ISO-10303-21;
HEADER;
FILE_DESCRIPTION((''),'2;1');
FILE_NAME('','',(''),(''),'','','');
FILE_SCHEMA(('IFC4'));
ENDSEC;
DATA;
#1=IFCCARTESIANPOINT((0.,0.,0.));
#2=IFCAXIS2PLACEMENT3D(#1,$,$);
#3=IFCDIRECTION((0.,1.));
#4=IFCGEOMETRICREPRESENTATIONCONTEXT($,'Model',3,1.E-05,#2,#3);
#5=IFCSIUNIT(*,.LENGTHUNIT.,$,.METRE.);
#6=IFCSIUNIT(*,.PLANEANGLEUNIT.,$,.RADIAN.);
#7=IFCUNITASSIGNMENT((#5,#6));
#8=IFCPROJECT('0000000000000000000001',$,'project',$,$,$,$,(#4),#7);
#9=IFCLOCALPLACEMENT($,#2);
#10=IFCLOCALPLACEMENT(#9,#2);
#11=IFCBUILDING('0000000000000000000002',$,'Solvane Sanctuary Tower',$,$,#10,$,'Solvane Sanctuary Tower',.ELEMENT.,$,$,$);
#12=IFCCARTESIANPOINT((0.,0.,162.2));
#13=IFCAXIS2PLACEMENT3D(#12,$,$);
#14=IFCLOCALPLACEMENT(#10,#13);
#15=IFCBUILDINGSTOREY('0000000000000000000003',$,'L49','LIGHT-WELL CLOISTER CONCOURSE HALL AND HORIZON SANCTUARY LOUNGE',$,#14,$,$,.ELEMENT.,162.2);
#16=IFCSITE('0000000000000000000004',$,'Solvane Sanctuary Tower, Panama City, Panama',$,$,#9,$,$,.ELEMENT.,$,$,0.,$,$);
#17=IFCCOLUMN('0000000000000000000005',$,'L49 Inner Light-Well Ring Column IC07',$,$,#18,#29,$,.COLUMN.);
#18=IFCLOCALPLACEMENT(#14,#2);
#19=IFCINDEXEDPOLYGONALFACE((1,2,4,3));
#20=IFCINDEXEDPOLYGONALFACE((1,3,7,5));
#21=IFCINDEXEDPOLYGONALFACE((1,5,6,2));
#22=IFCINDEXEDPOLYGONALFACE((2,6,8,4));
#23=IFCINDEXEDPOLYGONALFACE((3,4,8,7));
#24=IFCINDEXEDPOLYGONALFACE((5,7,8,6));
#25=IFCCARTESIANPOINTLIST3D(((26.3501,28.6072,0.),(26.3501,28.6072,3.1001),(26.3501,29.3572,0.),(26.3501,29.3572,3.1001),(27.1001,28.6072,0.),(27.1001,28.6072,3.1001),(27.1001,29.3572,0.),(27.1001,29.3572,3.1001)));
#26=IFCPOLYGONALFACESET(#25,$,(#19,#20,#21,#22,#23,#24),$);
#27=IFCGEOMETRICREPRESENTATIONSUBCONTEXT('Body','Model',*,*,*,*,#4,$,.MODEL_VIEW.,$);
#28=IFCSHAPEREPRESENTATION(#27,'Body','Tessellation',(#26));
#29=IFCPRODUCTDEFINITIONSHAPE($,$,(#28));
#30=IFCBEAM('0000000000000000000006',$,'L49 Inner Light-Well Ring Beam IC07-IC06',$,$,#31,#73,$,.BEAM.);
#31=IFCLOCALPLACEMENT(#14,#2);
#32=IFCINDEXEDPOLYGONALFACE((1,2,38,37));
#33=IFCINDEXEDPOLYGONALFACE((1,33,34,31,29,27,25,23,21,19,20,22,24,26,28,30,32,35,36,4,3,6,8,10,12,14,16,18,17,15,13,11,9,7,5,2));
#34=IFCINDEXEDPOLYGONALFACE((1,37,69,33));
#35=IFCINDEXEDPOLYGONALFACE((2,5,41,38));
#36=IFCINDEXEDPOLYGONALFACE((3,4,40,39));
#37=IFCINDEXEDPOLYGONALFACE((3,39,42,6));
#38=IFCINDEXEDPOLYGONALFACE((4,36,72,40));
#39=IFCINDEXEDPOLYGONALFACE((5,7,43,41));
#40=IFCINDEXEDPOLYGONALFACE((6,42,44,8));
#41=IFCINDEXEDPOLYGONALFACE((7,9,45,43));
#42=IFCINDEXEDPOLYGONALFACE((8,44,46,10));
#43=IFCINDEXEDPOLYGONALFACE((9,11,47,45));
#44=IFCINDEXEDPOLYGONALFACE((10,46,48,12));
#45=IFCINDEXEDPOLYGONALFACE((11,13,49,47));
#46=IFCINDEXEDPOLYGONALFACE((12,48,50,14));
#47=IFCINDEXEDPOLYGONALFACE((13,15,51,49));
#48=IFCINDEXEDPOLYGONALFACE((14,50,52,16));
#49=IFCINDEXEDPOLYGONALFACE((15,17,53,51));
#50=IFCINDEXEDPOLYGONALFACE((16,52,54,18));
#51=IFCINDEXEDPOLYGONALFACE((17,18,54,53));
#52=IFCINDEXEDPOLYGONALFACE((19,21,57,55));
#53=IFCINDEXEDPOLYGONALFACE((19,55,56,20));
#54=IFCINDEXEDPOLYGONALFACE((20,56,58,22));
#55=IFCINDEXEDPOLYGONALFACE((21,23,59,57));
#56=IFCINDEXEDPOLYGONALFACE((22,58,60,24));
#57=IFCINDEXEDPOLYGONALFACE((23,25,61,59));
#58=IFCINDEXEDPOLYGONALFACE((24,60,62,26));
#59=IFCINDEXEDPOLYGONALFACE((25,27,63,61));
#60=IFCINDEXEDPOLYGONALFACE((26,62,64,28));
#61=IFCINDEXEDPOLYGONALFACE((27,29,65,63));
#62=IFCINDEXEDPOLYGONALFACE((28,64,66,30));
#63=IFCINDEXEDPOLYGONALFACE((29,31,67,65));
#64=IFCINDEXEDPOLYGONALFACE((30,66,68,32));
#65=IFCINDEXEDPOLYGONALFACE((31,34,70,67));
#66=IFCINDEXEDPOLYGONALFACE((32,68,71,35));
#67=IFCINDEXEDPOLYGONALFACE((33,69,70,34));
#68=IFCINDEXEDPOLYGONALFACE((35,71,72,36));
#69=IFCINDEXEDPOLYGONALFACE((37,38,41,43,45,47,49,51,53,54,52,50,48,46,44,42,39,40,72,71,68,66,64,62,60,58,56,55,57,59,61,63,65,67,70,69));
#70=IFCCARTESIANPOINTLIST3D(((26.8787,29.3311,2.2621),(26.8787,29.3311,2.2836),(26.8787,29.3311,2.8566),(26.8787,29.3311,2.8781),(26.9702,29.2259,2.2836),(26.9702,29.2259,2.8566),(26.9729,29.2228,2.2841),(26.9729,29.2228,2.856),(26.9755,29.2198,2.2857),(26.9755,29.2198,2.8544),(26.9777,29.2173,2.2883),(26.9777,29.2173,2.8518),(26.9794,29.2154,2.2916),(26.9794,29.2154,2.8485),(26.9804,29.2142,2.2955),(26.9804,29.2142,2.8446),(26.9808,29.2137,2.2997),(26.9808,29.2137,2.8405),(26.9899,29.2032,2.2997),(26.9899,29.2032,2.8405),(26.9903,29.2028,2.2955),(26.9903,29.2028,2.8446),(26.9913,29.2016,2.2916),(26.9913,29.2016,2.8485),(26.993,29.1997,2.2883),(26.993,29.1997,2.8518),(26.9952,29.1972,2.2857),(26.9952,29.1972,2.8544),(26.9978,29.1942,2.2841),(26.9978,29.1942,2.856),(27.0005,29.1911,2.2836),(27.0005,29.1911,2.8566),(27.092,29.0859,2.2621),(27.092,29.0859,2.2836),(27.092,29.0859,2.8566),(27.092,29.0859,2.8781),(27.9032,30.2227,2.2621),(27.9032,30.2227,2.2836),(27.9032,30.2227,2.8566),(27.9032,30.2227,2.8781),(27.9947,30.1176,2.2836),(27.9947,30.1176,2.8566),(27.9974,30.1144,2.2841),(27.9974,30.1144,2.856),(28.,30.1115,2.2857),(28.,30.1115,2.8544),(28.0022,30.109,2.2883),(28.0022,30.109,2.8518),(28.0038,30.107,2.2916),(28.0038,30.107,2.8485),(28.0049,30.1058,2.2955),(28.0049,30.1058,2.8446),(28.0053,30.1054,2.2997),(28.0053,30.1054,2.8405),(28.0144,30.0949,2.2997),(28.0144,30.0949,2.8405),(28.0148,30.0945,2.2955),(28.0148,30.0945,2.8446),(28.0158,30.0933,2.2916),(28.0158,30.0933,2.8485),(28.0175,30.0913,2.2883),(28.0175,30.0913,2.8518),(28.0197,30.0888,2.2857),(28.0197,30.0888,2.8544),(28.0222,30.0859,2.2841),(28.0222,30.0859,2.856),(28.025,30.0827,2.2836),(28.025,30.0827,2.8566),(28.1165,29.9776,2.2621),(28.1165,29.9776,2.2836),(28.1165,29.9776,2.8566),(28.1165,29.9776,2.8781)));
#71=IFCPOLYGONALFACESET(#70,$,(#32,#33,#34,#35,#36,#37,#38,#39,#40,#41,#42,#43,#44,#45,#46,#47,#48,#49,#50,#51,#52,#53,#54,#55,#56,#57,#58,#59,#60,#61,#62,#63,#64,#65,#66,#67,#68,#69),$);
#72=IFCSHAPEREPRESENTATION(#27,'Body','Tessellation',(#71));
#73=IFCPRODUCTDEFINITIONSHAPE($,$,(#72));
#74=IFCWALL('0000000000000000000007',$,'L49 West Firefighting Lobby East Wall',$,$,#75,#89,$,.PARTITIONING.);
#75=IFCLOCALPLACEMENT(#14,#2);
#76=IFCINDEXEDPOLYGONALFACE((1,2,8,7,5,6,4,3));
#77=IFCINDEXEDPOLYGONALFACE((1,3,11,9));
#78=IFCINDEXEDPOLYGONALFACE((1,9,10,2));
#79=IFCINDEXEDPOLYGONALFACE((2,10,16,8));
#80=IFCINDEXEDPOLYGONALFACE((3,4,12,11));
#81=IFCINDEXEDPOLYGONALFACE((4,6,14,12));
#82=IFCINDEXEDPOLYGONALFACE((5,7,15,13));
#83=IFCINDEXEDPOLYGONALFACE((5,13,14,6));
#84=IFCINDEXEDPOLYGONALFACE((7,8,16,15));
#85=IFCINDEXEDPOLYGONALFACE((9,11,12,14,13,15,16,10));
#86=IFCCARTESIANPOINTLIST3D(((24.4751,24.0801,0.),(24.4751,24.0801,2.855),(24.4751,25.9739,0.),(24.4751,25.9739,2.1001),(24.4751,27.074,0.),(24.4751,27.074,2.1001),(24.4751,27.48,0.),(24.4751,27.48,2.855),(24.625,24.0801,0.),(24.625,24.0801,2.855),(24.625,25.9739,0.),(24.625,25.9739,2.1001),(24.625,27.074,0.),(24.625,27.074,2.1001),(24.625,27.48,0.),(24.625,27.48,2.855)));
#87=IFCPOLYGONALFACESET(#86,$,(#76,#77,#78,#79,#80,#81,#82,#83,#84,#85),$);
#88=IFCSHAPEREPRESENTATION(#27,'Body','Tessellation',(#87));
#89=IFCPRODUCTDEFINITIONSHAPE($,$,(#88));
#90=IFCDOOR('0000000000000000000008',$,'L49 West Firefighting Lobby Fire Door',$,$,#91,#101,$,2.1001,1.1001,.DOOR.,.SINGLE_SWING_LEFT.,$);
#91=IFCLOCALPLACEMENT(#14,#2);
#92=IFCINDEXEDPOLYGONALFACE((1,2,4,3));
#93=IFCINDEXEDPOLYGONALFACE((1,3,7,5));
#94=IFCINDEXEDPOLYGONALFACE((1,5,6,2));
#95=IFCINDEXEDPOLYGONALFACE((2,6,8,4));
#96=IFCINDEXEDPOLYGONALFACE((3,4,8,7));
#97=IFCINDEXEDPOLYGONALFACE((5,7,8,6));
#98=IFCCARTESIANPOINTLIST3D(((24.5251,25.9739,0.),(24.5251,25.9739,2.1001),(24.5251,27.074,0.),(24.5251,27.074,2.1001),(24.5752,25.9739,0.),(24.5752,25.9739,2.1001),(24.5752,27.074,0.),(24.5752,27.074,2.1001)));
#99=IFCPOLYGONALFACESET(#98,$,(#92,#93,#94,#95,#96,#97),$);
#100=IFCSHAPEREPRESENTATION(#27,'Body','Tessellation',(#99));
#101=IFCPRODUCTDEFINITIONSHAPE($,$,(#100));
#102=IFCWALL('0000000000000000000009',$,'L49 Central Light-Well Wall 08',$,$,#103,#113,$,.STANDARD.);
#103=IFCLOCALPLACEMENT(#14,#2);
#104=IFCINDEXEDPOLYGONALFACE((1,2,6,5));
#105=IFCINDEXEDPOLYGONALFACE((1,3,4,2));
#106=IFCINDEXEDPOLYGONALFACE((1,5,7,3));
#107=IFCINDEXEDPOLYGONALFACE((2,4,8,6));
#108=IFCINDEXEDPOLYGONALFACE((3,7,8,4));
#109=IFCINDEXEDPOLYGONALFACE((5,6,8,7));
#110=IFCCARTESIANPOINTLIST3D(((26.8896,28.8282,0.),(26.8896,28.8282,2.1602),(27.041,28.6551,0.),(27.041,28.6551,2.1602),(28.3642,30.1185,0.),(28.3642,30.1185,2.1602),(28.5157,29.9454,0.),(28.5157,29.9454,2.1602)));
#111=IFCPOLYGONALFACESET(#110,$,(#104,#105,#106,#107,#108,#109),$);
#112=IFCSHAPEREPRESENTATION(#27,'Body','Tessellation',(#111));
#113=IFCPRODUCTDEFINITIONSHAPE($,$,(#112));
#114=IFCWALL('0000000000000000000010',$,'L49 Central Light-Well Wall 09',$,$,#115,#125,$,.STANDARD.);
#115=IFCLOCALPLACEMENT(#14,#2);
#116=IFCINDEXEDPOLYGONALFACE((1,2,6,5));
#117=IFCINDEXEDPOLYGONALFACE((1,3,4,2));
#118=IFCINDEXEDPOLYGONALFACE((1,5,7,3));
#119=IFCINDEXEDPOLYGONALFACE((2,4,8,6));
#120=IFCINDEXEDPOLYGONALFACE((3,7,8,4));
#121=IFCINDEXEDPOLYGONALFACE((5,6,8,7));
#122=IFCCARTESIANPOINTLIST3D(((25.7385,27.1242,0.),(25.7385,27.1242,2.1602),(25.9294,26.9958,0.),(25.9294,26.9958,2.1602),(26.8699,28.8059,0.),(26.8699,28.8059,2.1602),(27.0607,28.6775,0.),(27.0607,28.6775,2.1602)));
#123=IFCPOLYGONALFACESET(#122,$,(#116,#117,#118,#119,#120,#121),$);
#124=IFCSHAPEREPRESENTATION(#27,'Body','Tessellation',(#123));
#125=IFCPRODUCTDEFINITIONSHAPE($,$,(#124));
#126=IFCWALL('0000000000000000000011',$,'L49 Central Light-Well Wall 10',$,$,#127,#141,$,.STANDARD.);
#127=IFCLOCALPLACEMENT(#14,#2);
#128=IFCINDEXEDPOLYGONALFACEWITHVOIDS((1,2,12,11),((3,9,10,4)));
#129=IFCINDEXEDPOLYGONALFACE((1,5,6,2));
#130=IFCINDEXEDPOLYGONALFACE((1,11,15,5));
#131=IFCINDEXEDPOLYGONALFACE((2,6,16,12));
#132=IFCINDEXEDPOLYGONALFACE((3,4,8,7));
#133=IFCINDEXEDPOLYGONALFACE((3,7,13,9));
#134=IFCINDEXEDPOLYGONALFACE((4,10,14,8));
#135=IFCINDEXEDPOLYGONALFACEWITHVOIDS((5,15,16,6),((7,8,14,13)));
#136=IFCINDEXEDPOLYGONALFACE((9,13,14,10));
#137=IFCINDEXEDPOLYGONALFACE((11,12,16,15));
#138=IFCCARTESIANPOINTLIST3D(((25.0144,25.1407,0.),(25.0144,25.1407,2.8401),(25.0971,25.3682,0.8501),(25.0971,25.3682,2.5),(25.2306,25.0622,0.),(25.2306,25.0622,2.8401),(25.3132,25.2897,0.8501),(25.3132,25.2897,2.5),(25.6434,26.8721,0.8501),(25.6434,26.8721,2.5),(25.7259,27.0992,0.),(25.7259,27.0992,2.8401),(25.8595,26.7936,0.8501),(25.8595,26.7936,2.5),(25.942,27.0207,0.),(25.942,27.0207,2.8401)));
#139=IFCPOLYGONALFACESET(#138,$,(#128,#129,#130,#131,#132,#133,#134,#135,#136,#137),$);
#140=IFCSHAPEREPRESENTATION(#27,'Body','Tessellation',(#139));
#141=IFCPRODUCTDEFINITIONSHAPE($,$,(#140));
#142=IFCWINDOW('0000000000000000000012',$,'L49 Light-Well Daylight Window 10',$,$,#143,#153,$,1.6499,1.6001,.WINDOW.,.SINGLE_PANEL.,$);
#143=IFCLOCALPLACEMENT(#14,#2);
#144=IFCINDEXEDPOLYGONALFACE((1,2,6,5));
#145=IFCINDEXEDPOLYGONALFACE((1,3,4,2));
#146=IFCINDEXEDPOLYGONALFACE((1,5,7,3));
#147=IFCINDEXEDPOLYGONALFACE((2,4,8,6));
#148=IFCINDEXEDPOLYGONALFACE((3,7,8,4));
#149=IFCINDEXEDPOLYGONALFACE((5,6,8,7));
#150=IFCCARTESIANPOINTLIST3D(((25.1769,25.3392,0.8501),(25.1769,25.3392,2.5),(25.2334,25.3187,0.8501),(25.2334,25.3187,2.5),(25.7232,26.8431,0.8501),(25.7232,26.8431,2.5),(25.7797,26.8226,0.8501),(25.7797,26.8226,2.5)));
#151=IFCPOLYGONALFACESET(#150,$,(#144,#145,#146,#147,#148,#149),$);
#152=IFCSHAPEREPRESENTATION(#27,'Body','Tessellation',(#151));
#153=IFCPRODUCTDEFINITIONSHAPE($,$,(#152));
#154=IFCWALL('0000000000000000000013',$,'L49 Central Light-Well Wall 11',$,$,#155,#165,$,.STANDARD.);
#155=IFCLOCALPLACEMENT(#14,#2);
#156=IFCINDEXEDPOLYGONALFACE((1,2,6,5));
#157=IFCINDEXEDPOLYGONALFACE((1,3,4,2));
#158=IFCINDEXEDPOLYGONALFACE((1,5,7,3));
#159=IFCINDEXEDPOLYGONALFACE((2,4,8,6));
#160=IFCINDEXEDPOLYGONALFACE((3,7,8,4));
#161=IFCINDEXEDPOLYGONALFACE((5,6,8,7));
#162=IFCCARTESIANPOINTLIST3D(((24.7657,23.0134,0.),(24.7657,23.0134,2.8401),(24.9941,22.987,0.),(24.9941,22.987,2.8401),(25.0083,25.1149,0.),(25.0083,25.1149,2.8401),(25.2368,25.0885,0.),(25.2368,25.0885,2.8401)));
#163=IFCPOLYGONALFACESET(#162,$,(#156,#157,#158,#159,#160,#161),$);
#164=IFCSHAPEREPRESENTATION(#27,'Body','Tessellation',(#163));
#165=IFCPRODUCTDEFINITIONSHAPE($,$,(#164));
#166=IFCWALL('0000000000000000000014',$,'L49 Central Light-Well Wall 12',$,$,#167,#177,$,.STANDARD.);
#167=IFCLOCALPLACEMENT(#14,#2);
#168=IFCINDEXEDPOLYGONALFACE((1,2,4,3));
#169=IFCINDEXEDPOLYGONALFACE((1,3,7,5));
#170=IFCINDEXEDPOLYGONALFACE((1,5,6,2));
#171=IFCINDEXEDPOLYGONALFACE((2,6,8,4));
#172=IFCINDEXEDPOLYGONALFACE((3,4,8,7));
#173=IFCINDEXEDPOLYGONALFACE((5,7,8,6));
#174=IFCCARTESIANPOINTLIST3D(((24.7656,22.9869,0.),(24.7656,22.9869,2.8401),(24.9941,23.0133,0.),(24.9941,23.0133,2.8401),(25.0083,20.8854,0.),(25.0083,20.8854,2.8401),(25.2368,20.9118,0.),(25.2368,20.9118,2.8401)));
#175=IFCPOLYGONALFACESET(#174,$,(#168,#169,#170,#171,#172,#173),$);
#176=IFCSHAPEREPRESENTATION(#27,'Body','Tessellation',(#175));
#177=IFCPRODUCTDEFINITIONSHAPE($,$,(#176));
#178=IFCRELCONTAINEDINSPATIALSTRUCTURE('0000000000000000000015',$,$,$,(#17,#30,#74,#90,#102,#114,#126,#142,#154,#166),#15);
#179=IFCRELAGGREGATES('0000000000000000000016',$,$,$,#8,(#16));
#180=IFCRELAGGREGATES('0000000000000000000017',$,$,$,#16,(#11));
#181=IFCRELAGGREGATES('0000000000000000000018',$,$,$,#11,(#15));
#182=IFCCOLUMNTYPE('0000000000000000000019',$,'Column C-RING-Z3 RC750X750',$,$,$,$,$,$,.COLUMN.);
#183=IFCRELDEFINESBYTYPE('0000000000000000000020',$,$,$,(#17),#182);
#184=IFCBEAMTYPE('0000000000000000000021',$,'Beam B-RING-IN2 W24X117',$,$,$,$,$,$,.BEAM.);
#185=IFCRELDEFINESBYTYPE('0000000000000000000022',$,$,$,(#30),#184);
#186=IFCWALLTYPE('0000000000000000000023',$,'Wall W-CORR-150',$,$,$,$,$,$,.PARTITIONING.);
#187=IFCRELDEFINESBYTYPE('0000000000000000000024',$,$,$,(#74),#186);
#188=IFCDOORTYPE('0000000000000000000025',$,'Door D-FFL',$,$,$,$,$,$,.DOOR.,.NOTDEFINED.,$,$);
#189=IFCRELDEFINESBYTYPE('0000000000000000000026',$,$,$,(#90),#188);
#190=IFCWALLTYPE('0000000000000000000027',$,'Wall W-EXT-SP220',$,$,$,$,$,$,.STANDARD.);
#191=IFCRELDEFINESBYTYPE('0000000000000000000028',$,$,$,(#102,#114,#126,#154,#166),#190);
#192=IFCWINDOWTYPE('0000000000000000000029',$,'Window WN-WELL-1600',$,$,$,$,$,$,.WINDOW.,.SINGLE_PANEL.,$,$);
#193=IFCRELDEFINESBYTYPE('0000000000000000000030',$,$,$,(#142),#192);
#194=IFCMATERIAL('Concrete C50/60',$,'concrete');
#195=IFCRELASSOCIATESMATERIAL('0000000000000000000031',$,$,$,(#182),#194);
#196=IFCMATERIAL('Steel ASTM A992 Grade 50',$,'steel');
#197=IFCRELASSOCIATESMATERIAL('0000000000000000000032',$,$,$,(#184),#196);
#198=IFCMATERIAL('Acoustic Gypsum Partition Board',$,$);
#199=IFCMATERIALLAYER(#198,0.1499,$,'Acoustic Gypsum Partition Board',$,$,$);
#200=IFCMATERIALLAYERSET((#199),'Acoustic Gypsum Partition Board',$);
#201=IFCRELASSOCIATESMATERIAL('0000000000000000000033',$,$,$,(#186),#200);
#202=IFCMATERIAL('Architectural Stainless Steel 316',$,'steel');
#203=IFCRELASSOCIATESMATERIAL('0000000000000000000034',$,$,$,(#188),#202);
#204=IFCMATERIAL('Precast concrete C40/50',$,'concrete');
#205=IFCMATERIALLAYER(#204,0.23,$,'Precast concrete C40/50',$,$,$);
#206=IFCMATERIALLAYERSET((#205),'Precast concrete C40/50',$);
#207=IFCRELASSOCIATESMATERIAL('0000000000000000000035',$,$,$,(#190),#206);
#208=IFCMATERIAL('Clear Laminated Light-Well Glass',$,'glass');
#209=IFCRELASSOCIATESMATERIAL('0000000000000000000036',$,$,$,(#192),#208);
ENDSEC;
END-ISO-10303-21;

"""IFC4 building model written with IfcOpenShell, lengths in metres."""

from ifc_helpers import new_model, si_unit, direction, frame, frame_2d, origin, origin_2d, place, context, subcontext, project, spatial, rectangle, i_section, extrude, material, layer, layer_set, material_profile, profile_set, type_object, element, fill, save


model = new_model("IFC4")

# Units and contexts
model_context = context("Model", 3, precision=1e-05, world=origin(), true_north=direction((0.0, 1.0)))
body_context = subcontext(model_context, "Body", "Model", "MODEL_VIEW")
ifc_project = project(units=[si_unit("LENGTHUNIT", "METRE"), si_unit("PLANEANGLEUNIT", "RADIAN")], contexts=[model_context])

# Site, building, storey
site_placement = place(None, origin())
site = spatial("IfcSite", under=ifc_project, at=site_placement, Name="Solvane Sanctuary Tower, Panama City, Panama", CompositionType="ELEMENT", RefElevation=0.0)
building_placement = place(site_placement, origin())
building = spatial("IfcBuilding", under=site, at=building_placement, Name="Solvane Sanctuary Tower", LongName="Solvane Sanctuary Tower", CompositionType="ELEMENT")
storey_placement = place(building_placement, frame((0.0, 0.0, 162.2)))
storey = spatial("IfcBuildingStorey", under=building, at=storey_placement, Name="L49", Description="LIGHT-WELL CLOISTER CONCOURSE HALL AND HORIZON SANCTUARY LOUNGE", CompositionType="ELEMENT", Elevation=162.2)

# Column
ifc_material_1 = material(Name="Concrete C50/60", Category="concrete")
ifc_material_profile_1 = material_profile(ifc_material_1, rectangle(XDim=0.75, YDim=0.75, at=origin_2d()), Name="RC750X750")
ifc_profile_set_1 = profile_set([ifc_material_profile_1], Name="Concrete C50/60")
column_type = type_object("IfcColumnType", Name="Column C-RING-Z3 RC750X750", PredefinedType="COLUMN", material=ifc_profile_set_1)
column_placement = place(storey_placement, frame((26.7251, 28.9822, 0.0), z_axis=(0.0, 0.0, 1.0), x_axis=(1.0, 0.0, 0.0)))
element("IfcColumn", 1, at=column_placement, inside=storey, type_object=column_type, Name="L49 Inner Light-Well Ring Column IC07", PredefinedType="COLUMN", context=body_context, shape_type="SweptSolid", body=[
    extrude(rectangle(XDim=0.75, YDim=0.75, at=origin_2d()), origin(), (0.0, 0.0, 1.0), 3.1001),
])

# Beam
ifc_material_2 = material(Name="Steel ASTM A992 Grade 50", Category="steel")
ifc_material_profile_2 = material_profile(ifc_material_2, i_section(OverallWidth=0.325, OverallDepth=0.616, WebThickness=0.0139, FlangeThickness=0.0215, FilletRadius=0.0161, at=origin_2d()), Name="W24X117")
ifc_profile_set_2 = profile_set([ifc_material_profile_2], Name="Steel ASTM A992 Grade 50")
beam_type = type_object("IfcBeamType", Name="Beam B-RING-IN2 W24X117", PredefinedType="BEAM", material=ifc_profile_set_2)
beam_placement = place(storey_placement, frame((26.9854, 29.2085, 2.5701), z_axis=(0.754311, 0.656517, 0.0), x_axis=(-0.656517, 0.754311, 0.0)))
element("IfcBeam", 2, at=beam_placement, inside=storey, type_object=beam_type, Name="L49 Inner Light-Well Ring Beam IC07-IC06", PredefinedType="BEAM", context=body_context, shape_type="SweptSolid", body=[
    extrude(i_section(OverallWidth=0.325, OverallDepth=0.616, WebThickness=0.0139, FlangeThickness=0.0215, FilletRadius=0.0161, at=origin_2d()), origin(), (0.0, 0.0, 1.0), 1.3582),
])

# Wall, opening, door
ifc_material_3 = material(Name="Acoustic Gypsum Partition Board")
ifc_layer_1 = layer(ifc_material_3, 0.1499, Name="Acoustic Gypsum Partition Board")
ifc_layer_set_1 = layer_set([ifc_layer_1], Name="Acoustic Gypsum Partition Board")
wall_type_1 = type_object("IfcWallType", Name="Wall W-CORR-150", PredefinedType="PARTITIONING", material=ifc_layer_set_1)
wall_1_placement = place(storey_placement, frame((24.55, 24.0801, 0.0), z_axis=(0.0, 0.0, 1.0), x_axis=(0.0, 1.0, 0.0)))
wall_1 = element("IfcWall", 3, at=wall_1_placement, inside=storey, type_object=wall_type_1, Name="L49 West Firefighting Lobby East Wall", PredefinedType="PARTITIONING", context=body_context, shape_type="SweptSolid", body=[
    extrude(rectangle(XDim=3.3999, YDim=0.1499, at=frame_2d((1.7, 0.0))), origin(), (0.0, 0.0, 1.0), 2.855),
])
opening_1_placement = place(wall_1_placement, frame((1.8938, 0.0, 0.0)))
opening_1 = element("IfcOpeningElement", 4, at=opening_1_placement, cuts=wall_1, PredefinedType="OPENING", context=body_context, shape_type="SweptSolid", body=[
    extrude(rectangle(XDim=1.1001, YDim=2.1001, at=frame_2d((0.55, 1.05))), frame((0.0, 0.085, 0.0), z_axis=(0.0, -1.0, 0.0), x_axis=(1.0, 0.0, 0.0)), (0.0, 0.0, 1.0), 0.1699),
])
ifc_material_4 = material(Name="Architectural Stainless Steel 316", Category="steel")
door_type_1 = type_object("IfcDoorType", Name="Door D-FFL", OperationType="NOTDEFINED", PredefinedType="DOOR", material=ifc_material_4)
door_1_placement = place(opening_1_placement, origin())
door_1 = element("IfcDoor", 5, at=door_1_placement, inside=storey, type_object=door_type_1, Name="L49 West Firefighting Lobby Fire Door", OperationType="SINGLE_SWING_LEFT", OverallHeight=2.1001, OverallWidth=1.1001, PredefinedType="DOOR", context=body_context, shape_type="SweptSolid", body=[
    extrude(rectangle(XDim=1.1001, YDim=2.1001, at=frame_2d((0.55, 1.05))), frame((0.0, 0.0249, 0.0), z_axis=(0.0, -1.0, 0.0), x_axis=(1.0, 0.0, 0.0)), (0.0, 0.0, 1.0), 0.05),
])
fill(opening_1, door_1)

# Walls
ifc_material_5 = material(Name="Precast concrete C40/50", Category="concrete")
ifc_layer_2 = layer(ifc_material_5, 0.23, Name="Precast concrete C40/50")
ifc_layer_set_2 = layer_set([ifc_layer_2], Name="Precast concrete C40/50")
wall_type_2 = type_object("IfcWallType", Name="Wall W-EXT-SP220", PredefinedType="STANDARD", material=ifc_layer_set_2)
wall_2_placement = place(storey_placement, frame((28.4399, 30.032, 0.0), z_axis=(0.0, 0.0, 1.0), x_axis=(-0.752577, -0.658505, 0.0)))
element("IfcWall", 6, at=wall_2_placement, inside=storey, type_object=wall_type_2, Name="L49 Central Light-Well Wall 08", PredefinedType="STANDARD", context=body_context, shape_type="SweptSolid", body=[
    extrude(rectangle(XDim=1.9595, YDim=0.23, at=frame_2d((0.9797, 0.0))), origin(), (0.0, 0.0, 1.0), 2.1602),
])
wall_3_placement = place(storey_placement, frame((26.9653, 28.7417, 0.0), z_axis=(0.0, 0.0, 1.0), x_axis=(-0.558198, -0.829708, 0.0)))
element("IfcWall", 7, at=wall_3_placement, inside=storey, type_object=wall_type_2, Name="L49 Central Light-Well Wall 09", PredefinedType="STANDARD", context=body_context, shape_type="SweptSolid", body=[
    extrude(rectangle(XDim=2.0269, YDim=0.23, at=frame_2d((1.0134, 0.0))), origin(), (0.0, 0.0, 1.0), 2.1602),
])

# Wall, opening, window
wall_4_placement = place(storey_placement, frame((25.834, 27.0601, 0.0), z_axis=(0.0, 0.0, 1.0), x_axis=(-0.341423, -0.93991, 0.0)))
wall_4 = element("IfcWall", 8, at=wall_4_placement, inside=storey, type_object=wall_type_2, Name="L49 Central Light-Well Wall 10", PredefinedType="STANDARD", context=body_context, shape_type="SweptSolid", body=[
    extrude(rectangle(XDim=2.0837, YDim=0.23, at=frame_2d((1.042, 0.0))), origin(), (0.0, 0.0, 1.0), 2.8401),
])
opening_2_placement = place(wall_4_placement, frame((0.2417, 0.0, 0.8501)))
opening_2 = element("IfcOpeningElement", 9, at=opening_2_placement, cuts=wall_4, PredefinedType="OPENING", context=body_context, shape_type="SweptSolid", body=[
    extrude(rectangle(XDim=1.6001, YDim=1.6499, at=frame_2d((0.8, 0.825))), frame((0.0, 0.125, 0.0), z_axis=(0.0, -1.0, 0.0), x_axis=(1.0, 0.0, 0.0)), (0.0, 0.0, 1.0), 0.25),
])
ifc_material_6 = material(Name="Clear Laminated Light-Well Glass", Category="glass")
window_type = type_object("IfcWindowType", Name="Window WN-WELL-1600", PartitioningType="SINGLE_PANEL", PredefinedType="WINDOW", material=ifc_material_6)
window_placement = place(opening_2_placement, origin())
window = element("IfcWindow", 10, at=window_placement, inside=storey, type_object=window_type, Name="L49 Light-Well Daylight Window 10", OverallHeight=1.6499, OverallWidth=1.6001, PartitioningType="SINGLE_PANEL", PredefinedType="WINDOW", context=body_context, shape_type="SweptSolid", body=[
    extrude(rectangle(XDim=1.6001, YDim=1.6499, at=frame_2d((0.8, 0.825))), frame((0.0, 0.03, 0.0), z_axis=(0.0, -1.0, 0.0), x_axis=(1.0, 0.0, 0.0)), (0.0, 0.0, 1.0), 0.0601),
])
fill(opening_2, window)

# Walls
for number, where, z_axis, x_axis, name in (
    (11, (25.1226, 25.1016, 0.0), (0.0, 0.0, 1.0), (-0.114712, -0.993399, 0.0), "L49 Central Light-Well Wall 11"),
    (12, (24.8799, 23.0, 0.0), (0.0, 0.0, 1.0), (0.114712, -0.993399, 0.0), "L49 Central Light-Well Wall 12"),
):
    element("IfcWall", number, at=place(storey_placement, frame(where, z_axis=z_axis, x_axis=x_axis)), inside=storey, type_object=wall_type_2, Name=name, PredefinedType="STANDARD", context=body_context, shape_type="SweptSolid", body=[
        extrude(rectangle(XDim=2.1155, YDim=0.23, at=frame_2d((1.0576, 0.0))), origin(), (0.0, 0.0, 1.0), 2.8401),
    ])

save(model, "model.ifc")
